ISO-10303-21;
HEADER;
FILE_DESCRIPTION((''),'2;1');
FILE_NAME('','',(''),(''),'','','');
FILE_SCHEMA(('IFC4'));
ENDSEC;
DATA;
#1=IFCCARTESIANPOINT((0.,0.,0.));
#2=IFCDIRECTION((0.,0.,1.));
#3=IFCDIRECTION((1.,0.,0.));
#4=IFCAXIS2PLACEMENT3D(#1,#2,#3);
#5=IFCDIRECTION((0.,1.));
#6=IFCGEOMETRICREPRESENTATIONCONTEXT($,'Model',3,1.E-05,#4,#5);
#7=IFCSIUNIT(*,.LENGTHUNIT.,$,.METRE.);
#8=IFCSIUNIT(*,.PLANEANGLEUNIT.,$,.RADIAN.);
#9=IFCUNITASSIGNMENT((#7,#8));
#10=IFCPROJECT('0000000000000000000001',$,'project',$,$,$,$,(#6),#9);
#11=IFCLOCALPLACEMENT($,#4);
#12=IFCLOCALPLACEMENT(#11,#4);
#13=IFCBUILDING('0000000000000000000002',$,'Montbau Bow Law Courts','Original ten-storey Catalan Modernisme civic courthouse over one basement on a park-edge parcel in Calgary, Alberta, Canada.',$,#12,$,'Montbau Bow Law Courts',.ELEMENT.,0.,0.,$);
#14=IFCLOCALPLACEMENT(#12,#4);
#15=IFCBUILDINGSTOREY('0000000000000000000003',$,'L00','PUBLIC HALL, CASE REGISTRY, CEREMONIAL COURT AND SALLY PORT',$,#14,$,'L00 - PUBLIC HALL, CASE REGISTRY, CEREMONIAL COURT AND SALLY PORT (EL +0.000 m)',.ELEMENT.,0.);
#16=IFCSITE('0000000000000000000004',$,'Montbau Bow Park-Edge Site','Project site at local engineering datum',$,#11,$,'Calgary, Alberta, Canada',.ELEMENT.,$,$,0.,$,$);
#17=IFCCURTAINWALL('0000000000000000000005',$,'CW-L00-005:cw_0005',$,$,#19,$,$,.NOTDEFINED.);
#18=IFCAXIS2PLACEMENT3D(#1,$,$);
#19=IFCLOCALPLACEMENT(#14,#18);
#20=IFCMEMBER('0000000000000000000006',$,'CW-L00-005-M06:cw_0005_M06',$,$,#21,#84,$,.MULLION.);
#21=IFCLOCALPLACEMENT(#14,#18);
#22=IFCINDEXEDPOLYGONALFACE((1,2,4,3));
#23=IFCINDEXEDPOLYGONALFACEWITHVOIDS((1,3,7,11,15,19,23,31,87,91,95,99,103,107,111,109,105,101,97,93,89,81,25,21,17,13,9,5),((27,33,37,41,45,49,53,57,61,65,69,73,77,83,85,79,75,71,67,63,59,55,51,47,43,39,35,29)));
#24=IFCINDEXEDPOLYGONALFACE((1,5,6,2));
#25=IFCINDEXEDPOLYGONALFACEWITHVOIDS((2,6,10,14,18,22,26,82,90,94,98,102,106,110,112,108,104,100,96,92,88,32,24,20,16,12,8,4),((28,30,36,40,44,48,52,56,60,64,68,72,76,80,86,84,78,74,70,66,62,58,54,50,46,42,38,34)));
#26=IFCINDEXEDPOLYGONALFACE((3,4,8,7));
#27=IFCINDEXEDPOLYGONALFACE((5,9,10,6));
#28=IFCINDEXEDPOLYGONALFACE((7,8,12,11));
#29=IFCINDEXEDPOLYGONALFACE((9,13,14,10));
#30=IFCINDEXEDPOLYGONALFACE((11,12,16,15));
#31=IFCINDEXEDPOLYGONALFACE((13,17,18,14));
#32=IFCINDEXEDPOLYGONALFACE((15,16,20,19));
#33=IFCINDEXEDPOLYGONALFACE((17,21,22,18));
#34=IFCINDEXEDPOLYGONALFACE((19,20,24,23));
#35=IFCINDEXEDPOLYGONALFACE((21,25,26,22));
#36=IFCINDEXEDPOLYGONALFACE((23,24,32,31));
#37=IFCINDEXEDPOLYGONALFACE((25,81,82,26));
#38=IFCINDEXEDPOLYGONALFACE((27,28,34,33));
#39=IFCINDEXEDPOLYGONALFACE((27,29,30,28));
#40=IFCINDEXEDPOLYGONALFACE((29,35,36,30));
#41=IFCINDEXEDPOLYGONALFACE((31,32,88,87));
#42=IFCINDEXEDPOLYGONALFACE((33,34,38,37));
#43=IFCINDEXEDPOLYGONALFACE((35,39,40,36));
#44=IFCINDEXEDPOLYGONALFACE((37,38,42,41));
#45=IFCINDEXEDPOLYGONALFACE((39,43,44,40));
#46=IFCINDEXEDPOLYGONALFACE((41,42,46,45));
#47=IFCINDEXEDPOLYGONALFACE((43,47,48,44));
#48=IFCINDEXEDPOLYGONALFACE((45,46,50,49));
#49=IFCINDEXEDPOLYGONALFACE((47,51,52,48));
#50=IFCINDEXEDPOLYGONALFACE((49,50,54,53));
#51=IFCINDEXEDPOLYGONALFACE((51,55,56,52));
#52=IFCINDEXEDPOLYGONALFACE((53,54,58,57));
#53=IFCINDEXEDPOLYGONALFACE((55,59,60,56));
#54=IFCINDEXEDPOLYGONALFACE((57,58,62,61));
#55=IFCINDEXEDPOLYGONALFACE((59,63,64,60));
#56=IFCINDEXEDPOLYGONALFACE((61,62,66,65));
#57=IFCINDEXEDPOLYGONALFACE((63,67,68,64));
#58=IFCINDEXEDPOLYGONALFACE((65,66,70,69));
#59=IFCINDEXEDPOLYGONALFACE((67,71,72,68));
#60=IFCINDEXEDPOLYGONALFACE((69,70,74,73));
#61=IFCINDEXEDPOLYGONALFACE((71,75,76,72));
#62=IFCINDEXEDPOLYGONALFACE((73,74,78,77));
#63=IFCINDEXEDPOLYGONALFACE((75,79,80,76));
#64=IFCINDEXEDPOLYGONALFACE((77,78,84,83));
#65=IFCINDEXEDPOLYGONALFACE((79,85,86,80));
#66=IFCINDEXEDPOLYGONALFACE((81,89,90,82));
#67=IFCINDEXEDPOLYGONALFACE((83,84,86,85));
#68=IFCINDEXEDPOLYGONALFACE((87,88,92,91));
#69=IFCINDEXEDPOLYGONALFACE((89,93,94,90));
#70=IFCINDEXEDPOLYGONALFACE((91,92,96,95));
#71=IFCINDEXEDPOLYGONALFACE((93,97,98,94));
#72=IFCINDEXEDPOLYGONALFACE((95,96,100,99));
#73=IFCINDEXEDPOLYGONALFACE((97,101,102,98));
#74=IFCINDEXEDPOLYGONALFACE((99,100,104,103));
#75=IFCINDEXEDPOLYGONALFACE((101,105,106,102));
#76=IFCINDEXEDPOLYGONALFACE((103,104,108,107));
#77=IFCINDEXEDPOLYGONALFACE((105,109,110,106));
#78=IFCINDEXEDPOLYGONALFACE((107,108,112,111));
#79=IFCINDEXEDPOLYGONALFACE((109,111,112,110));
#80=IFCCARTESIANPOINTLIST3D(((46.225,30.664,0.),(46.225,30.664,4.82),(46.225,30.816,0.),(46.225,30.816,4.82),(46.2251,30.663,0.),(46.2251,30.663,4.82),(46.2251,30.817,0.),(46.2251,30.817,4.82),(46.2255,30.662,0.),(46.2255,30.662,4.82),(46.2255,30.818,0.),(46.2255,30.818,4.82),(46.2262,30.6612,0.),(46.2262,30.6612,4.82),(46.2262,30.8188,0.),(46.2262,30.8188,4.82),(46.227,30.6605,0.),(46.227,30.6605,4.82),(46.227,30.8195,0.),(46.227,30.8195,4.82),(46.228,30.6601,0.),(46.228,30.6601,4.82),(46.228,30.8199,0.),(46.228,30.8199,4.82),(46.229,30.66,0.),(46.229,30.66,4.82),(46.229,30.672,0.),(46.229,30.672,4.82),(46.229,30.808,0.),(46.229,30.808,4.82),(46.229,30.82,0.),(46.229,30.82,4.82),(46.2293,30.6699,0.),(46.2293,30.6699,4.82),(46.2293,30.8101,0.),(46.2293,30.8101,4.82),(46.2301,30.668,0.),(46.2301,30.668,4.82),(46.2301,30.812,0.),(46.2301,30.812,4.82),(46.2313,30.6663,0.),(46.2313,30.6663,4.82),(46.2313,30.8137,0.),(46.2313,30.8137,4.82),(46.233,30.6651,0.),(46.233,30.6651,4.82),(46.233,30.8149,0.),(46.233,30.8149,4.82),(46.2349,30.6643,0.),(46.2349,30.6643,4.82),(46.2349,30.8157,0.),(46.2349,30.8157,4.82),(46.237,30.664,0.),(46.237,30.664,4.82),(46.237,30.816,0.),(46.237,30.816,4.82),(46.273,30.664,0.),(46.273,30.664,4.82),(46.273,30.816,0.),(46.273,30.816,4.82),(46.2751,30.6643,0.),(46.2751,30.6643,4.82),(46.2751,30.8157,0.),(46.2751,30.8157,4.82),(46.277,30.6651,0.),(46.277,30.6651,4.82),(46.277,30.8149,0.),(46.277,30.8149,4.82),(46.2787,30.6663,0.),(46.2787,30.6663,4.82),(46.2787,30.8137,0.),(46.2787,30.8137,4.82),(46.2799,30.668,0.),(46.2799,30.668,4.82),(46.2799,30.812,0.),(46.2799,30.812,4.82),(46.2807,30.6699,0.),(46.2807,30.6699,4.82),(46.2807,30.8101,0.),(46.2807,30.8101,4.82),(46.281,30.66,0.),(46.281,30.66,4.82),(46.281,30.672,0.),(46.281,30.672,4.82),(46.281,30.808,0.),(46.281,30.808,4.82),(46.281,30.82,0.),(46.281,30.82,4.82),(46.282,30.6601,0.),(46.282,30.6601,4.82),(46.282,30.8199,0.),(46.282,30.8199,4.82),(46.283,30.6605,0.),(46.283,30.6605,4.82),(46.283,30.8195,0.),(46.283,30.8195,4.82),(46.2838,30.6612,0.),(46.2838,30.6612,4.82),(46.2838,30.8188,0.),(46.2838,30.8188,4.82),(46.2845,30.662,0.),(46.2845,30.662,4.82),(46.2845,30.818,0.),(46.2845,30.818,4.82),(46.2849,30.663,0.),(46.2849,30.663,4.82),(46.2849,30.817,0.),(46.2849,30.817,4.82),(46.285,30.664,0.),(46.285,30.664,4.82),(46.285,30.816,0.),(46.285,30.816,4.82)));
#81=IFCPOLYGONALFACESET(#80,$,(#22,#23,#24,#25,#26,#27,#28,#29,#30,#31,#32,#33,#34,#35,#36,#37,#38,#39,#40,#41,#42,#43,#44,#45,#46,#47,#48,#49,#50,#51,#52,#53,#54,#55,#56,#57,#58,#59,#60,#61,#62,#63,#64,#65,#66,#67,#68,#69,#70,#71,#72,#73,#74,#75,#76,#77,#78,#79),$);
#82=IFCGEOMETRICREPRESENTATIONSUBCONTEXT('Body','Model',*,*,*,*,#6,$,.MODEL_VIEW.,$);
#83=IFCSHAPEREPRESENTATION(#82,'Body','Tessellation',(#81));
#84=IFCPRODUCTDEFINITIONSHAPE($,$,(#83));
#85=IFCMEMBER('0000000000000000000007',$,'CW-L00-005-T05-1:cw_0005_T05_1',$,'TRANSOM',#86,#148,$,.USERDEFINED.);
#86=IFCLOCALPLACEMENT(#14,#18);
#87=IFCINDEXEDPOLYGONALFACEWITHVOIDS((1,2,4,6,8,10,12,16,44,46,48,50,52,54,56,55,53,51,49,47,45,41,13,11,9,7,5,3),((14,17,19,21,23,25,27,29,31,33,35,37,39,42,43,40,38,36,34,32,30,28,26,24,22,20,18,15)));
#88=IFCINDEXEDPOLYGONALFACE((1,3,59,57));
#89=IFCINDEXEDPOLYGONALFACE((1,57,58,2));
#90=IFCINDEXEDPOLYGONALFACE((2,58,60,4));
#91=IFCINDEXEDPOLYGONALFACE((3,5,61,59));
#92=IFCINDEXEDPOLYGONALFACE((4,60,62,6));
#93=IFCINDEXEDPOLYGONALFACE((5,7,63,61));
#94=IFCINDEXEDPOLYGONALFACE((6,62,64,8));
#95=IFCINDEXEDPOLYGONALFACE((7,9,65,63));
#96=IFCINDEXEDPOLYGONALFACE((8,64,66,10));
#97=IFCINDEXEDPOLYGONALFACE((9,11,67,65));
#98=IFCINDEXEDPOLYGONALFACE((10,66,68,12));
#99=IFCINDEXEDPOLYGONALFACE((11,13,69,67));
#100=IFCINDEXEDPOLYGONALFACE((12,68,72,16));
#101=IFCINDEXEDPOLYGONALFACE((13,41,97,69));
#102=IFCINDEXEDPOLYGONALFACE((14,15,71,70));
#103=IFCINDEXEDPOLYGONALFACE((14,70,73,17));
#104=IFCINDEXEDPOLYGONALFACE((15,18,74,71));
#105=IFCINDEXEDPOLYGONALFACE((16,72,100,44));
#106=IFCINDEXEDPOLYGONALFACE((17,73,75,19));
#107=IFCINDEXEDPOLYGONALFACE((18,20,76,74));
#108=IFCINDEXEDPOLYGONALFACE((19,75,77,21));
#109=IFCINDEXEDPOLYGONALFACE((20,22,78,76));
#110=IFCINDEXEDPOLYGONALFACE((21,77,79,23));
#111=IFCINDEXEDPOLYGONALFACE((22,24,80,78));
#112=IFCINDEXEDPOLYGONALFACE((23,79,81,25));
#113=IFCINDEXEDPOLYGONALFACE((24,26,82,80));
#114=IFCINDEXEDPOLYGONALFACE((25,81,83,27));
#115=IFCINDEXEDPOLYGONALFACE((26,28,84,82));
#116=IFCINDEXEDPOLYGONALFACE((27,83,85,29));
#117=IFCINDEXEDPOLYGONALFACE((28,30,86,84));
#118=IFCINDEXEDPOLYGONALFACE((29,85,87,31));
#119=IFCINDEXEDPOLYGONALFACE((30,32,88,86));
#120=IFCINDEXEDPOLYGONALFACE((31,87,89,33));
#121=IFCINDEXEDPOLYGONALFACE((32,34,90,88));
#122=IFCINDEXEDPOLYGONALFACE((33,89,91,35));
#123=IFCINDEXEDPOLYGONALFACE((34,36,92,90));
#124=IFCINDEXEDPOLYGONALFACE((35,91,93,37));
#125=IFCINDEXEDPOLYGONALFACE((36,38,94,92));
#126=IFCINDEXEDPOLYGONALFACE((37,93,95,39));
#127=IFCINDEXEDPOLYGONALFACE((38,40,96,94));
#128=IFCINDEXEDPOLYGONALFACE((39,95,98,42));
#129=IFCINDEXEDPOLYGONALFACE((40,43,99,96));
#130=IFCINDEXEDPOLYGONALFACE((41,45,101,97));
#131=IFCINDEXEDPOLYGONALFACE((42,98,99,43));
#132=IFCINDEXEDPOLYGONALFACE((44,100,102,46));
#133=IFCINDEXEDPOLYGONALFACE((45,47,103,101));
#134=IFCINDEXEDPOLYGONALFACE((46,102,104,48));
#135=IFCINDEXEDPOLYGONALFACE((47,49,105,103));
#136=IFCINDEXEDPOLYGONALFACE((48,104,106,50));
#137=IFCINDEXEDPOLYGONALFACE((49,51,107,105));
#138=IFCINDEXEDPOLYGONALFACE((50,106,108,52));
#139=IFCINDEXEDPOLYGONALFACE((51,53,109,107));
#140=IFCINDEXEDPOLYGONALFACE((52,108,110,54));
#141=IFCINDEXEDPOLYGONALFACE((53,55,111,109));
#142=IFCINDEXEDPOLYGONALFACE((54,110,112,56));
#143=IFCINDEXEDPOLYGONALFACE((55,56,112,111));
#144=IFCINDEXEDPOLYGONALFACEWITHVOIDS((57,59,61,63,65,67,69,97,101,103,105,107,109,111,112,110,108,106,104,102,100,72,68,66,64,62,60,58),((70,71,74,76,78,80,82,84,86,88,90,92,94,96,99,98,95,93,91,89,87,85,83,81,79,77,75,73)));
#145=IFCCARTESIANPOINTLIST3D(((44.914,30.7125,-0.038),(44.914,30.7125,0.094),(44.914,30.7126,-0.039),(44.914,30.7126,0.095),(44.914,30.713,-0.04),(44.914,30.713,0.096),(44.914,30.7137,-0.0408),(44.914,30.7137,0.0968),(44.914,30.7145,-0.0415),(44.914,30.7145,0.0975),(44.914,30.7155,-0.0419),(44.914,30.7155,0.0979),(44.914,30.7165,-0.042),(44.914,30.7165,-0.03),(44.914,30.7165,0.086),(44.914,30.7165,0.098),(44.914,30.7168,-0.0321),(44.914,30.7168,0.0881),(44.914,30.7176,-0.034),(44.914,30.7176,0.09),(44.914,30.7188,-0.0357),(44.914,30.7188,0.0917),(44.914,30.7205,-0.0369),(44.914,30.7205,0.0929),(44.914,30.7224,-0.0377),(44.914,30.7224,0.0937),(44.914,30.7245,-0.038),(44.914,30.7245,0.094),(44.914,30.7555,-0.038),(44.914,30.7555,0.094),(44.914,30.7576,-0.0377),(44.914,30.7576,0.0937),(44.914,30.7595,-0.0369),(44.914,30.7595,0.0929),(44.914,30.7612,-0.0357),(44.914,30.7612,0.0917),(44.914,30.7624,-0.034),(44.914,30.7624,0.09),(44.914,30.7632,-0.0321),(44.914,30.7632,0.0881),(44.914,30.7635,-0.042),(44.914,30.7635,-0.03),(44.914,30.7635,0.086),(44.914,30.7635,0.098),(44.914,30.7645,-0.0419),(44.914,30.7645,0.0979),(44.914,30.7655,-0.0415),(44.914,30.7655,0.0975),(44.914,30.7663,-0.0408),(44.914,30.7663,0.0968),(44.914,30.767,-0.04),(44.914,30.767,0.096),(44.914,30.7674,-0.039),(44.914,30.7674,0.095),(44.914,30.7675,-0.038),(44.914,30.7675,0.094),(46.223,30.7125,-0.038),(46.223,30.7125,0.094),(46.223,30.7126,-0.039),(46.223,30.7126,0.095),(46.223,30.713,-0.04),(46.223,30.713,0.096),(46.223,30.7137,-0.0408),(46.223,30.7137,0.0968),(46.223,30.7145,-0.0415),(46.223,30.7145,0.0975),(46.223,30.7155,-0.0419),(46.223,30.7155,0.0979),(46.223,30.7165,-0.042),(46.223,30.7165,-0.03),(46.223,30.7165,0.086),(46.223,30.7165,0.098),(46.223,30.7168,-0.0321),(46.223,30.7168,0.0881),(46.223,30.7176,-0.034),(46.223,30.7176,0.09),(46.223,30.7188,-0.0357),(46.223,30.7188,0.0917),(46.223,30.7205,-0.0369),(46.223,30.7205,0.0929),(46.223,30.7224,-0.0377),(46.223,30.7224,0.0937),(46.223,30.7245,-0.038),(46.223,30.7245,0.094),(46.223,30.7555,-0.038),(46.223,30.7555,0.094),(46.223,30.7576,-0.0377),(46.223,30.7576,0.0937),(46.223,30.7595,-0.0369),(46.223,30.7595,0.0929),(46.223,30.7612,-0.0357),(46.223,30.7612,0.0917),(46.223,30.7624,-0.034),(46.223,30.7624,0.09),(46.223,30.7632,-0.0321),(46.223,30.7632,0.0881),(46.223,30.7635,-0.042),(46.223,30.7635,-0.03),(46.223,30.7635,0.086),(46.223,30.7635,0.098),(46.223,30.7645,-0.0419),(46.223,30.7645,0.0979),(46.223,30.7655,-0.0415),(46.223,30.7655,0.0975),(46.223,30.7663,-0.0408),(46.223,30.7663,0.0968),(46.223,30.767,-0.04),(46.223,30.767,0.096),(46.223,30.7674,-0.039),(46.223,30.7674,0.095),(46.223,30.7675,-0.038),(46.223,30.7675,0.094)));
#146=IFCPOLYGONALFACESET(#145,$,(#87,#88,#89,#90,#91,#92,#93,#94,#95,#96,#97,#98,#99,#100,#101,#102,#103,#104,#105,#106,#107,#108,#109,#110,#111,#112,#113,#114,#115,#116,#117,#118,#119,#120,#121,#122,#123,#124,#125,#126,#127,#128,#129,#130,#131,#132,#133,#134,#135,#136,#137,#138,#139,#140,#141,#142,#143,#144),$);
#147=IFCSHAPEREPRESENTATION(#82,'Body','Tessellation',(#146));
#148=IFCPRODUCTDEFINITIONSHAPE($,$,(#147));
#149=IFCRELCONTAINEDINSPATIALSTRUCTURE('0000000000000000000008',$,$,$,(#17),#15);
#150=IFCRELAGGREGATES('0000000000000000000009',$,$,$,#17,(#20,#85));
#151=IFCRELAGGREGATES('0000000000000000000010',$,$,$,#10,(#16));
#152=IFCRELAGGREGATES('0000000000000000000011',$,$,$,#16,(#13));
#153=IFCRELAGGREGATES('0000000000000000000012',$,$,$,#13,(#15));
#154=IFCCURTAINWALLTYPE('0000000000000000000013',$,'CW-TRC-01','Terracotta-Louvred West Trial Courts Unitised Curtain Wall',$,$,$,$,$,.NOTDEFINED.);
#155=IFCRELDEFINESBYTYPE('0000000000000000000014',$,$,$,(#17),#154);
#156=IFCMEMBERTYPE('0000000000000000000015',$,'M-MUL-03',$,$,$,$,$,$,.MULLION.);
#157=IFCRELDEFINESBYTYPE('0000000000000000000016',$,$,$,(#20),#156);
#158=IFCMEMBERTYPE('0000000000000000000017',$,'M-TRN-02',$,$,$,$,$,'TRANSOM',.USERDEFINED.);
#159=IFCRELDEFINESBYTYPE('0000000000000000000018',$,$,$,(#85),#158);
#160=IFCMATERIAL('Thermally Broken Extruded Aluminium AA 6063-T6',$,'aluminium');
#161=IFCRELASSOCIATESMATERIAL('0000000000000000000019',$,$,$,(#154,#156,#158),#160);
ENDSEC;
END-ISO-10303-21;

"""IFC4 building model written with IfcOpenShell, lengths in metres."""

from ifc_helpers import new_model, si_unit, direction, frame, origin_with_axes, origin_2d_with_axis, place, context, subcontext, project, spatial, hollow_rectangle, extrude, material, material_profile, profile_set, type_object, element, aggregate, save


model = new_model("IFC4")

# Units and contexts
model_context = context("Model", 3, precision=1e-05, world=origin_with_axes(), true_north=direction((0.0, 1.0)))
body_context = subcontext(model_context, "Body", "Model", "MODEL_VIEW")
ifc_project = project(units=[si_unit("LENGTHUNIT", "METRE"), si_unit("PLANEANGLEUNIT", "RADIAN")], contexts=[model_context])

# Site, building, storey
site_placement = place(None, origin_with_axes())
site = spatial("IfcSite", under=ifc_project, at=site_placement, Name="Montbau Bow Park-Edge Site", Description="Project site at local engineering datum", LongName="Calgary, Alberta, Canada", CompositionType="ELEMENT", RefElevation=0.0)
building_placement = place(site_placement, origin_with_axes())
building = spatial("IfcBuilding", under=site, at=building_placement, Name="Montbau Bow Law Courts", Description="Original ten-storey Catalan Modernisme civic courthouse over one basement on a park-edge parcel in Calgary, Alberta, Canada.", LongName="Montbau Bow Law Courts", CompositionType="ELEMENT", ElevationOfRefHeight=0.0, ElevationOfTerrain=0.0)
storey_placement = place(building_placement, origin_with_axes())
storey = spatial("IfcBuildingStorey", under=building, at=storey_placement, Name="L00", Description="PUBLIC HALL, CASE REGISTRY, CEREMONIAL COURT AND SALLY PORT", LongName="L00 - PUBLIC HALL, CASE REGISTRY, CEREMONIAL COURT AND SALLY PORT (EL +0.000 m)", CompositionType="ELEMENT", Elevation=0.0)

# Curtain wall, members
ifc_material_1 = material(Name="Thermally Broken Extruded Aluminium AA 6063-T6", Category="aluminium")
curtain_wall_type = type_object("IfcCurtainWallType", Name="CW-TRC-01", Description="Terracotta-Louvred West Trial Courts Unitised Curtain Wall", PredefinedType="NOTDEFINED", material=ifc_material_1)
curtain_wall_1_placement = place(None, frame((39.268, 30.74, 0.0), z_axis=(0.0, 0.0, 1.0), x_axis=(1.0, 0.0, 0.0)))
curtain_wall_1 = element("IfcCurtainWall", 1, at=curtain_wall_1_placement, inside=storey, type_object=curtain_wall_type, Name="CW-L00-005:cw_0005", PredefinedType="NOTDEFINED")
ifc_material_profile_1 = material_profile(ifc_material_1, hollow_rectangle(XDim=0.06, YDim=0.16, WallThickness=0.004, InnerFilletRadius=0.008, OuterFilletRadius=0.004, at=origin_2d_with_axis()), Name="CWM-160X60", Category="Main", Priority=0)
ifc_profile_set_1 = profile_set([ifc_material_profile_1], Name="Thermally Broken Extruded Aluminium AA 6063-T6")
member_type_1 = type_object("IfcMemberType", Name="M-MUL-03", PredefinedType="MULLION", material=ifc_profile_set_1)
member_1_placement = place(None, frame((46.255, 30.74, 0.0), z_axis=(0.0, 0.0, 1.0), x_axis=(1.0, 0.0, 0.0)))
member_1 = element("IfcMember", 2, at=member_1_placement, type_object=member_type_1, Name="CW-L00-005-M06:cw_0005_M06", PredefinedType="MULLION", context=body_context, shape_type="SweptSolid", body=[
    extrude(hollow_rectangle(XDim=0.06, YDim=0.16, WallThickness=0.004, InnerFilletRadius=0.008, OuterFilletRadius=0.004, at=origin_2d_with_axis()), origin_with_axes(), (0.0, 0.0, 1.0), 4.82),
])
ifc_material_profile_2 = material_profile(ifc_material_1, hollow_rectangle(XDim=0.055, YDim=0.14, WallThickness=0.004, InnerFilletRadius=0.008, OuterFilletRadius=0.004, at=origin_2d_with_axis()), Name="CWT-140X55", Category="Main", Priority=0)
ifc_profile_set_2 = profile_set([ifc_material_profile_2], Name="Thermally Broken Extruded Aluminium AA 6063-T6")
member_type_2 = type_object("IfcMemberType", Name="M-TRN-02", ElementType="TRANSOM", PredefinedType="USERDEFINED", material=ifc_profile_set_2)
member_2_placement = place(None, frame((44.914, 30.74, 0.028), z_axis=(1.0, 0.0, 0.0), x_axis=(0.0, 1.0, 0.0)))
member_2 = element("IfcMember", 3, at=member_2_placement, type_object=member_type_2, Name="CW-L00-005-T05-1:cw_0005_T05_1", ObjectType="TRANSOM", PredefinedType="USERDEFINED", context=body_context, shape_type="SweptSolid", body=[
    extrude(hollow_rectangle(XDim=0.055, YDim=0.14, WallThickness=0.004, InnerFilletRadius=0.008, OuterFilletRadius=0.004, at=origin_2d_with_axis()), origin_with_axes(), (0.0, 0.0, 1.0), 1.309),
])

aggregate(curtain_wall_1, [member_1, member_2])

save(model, "model.ifc")
